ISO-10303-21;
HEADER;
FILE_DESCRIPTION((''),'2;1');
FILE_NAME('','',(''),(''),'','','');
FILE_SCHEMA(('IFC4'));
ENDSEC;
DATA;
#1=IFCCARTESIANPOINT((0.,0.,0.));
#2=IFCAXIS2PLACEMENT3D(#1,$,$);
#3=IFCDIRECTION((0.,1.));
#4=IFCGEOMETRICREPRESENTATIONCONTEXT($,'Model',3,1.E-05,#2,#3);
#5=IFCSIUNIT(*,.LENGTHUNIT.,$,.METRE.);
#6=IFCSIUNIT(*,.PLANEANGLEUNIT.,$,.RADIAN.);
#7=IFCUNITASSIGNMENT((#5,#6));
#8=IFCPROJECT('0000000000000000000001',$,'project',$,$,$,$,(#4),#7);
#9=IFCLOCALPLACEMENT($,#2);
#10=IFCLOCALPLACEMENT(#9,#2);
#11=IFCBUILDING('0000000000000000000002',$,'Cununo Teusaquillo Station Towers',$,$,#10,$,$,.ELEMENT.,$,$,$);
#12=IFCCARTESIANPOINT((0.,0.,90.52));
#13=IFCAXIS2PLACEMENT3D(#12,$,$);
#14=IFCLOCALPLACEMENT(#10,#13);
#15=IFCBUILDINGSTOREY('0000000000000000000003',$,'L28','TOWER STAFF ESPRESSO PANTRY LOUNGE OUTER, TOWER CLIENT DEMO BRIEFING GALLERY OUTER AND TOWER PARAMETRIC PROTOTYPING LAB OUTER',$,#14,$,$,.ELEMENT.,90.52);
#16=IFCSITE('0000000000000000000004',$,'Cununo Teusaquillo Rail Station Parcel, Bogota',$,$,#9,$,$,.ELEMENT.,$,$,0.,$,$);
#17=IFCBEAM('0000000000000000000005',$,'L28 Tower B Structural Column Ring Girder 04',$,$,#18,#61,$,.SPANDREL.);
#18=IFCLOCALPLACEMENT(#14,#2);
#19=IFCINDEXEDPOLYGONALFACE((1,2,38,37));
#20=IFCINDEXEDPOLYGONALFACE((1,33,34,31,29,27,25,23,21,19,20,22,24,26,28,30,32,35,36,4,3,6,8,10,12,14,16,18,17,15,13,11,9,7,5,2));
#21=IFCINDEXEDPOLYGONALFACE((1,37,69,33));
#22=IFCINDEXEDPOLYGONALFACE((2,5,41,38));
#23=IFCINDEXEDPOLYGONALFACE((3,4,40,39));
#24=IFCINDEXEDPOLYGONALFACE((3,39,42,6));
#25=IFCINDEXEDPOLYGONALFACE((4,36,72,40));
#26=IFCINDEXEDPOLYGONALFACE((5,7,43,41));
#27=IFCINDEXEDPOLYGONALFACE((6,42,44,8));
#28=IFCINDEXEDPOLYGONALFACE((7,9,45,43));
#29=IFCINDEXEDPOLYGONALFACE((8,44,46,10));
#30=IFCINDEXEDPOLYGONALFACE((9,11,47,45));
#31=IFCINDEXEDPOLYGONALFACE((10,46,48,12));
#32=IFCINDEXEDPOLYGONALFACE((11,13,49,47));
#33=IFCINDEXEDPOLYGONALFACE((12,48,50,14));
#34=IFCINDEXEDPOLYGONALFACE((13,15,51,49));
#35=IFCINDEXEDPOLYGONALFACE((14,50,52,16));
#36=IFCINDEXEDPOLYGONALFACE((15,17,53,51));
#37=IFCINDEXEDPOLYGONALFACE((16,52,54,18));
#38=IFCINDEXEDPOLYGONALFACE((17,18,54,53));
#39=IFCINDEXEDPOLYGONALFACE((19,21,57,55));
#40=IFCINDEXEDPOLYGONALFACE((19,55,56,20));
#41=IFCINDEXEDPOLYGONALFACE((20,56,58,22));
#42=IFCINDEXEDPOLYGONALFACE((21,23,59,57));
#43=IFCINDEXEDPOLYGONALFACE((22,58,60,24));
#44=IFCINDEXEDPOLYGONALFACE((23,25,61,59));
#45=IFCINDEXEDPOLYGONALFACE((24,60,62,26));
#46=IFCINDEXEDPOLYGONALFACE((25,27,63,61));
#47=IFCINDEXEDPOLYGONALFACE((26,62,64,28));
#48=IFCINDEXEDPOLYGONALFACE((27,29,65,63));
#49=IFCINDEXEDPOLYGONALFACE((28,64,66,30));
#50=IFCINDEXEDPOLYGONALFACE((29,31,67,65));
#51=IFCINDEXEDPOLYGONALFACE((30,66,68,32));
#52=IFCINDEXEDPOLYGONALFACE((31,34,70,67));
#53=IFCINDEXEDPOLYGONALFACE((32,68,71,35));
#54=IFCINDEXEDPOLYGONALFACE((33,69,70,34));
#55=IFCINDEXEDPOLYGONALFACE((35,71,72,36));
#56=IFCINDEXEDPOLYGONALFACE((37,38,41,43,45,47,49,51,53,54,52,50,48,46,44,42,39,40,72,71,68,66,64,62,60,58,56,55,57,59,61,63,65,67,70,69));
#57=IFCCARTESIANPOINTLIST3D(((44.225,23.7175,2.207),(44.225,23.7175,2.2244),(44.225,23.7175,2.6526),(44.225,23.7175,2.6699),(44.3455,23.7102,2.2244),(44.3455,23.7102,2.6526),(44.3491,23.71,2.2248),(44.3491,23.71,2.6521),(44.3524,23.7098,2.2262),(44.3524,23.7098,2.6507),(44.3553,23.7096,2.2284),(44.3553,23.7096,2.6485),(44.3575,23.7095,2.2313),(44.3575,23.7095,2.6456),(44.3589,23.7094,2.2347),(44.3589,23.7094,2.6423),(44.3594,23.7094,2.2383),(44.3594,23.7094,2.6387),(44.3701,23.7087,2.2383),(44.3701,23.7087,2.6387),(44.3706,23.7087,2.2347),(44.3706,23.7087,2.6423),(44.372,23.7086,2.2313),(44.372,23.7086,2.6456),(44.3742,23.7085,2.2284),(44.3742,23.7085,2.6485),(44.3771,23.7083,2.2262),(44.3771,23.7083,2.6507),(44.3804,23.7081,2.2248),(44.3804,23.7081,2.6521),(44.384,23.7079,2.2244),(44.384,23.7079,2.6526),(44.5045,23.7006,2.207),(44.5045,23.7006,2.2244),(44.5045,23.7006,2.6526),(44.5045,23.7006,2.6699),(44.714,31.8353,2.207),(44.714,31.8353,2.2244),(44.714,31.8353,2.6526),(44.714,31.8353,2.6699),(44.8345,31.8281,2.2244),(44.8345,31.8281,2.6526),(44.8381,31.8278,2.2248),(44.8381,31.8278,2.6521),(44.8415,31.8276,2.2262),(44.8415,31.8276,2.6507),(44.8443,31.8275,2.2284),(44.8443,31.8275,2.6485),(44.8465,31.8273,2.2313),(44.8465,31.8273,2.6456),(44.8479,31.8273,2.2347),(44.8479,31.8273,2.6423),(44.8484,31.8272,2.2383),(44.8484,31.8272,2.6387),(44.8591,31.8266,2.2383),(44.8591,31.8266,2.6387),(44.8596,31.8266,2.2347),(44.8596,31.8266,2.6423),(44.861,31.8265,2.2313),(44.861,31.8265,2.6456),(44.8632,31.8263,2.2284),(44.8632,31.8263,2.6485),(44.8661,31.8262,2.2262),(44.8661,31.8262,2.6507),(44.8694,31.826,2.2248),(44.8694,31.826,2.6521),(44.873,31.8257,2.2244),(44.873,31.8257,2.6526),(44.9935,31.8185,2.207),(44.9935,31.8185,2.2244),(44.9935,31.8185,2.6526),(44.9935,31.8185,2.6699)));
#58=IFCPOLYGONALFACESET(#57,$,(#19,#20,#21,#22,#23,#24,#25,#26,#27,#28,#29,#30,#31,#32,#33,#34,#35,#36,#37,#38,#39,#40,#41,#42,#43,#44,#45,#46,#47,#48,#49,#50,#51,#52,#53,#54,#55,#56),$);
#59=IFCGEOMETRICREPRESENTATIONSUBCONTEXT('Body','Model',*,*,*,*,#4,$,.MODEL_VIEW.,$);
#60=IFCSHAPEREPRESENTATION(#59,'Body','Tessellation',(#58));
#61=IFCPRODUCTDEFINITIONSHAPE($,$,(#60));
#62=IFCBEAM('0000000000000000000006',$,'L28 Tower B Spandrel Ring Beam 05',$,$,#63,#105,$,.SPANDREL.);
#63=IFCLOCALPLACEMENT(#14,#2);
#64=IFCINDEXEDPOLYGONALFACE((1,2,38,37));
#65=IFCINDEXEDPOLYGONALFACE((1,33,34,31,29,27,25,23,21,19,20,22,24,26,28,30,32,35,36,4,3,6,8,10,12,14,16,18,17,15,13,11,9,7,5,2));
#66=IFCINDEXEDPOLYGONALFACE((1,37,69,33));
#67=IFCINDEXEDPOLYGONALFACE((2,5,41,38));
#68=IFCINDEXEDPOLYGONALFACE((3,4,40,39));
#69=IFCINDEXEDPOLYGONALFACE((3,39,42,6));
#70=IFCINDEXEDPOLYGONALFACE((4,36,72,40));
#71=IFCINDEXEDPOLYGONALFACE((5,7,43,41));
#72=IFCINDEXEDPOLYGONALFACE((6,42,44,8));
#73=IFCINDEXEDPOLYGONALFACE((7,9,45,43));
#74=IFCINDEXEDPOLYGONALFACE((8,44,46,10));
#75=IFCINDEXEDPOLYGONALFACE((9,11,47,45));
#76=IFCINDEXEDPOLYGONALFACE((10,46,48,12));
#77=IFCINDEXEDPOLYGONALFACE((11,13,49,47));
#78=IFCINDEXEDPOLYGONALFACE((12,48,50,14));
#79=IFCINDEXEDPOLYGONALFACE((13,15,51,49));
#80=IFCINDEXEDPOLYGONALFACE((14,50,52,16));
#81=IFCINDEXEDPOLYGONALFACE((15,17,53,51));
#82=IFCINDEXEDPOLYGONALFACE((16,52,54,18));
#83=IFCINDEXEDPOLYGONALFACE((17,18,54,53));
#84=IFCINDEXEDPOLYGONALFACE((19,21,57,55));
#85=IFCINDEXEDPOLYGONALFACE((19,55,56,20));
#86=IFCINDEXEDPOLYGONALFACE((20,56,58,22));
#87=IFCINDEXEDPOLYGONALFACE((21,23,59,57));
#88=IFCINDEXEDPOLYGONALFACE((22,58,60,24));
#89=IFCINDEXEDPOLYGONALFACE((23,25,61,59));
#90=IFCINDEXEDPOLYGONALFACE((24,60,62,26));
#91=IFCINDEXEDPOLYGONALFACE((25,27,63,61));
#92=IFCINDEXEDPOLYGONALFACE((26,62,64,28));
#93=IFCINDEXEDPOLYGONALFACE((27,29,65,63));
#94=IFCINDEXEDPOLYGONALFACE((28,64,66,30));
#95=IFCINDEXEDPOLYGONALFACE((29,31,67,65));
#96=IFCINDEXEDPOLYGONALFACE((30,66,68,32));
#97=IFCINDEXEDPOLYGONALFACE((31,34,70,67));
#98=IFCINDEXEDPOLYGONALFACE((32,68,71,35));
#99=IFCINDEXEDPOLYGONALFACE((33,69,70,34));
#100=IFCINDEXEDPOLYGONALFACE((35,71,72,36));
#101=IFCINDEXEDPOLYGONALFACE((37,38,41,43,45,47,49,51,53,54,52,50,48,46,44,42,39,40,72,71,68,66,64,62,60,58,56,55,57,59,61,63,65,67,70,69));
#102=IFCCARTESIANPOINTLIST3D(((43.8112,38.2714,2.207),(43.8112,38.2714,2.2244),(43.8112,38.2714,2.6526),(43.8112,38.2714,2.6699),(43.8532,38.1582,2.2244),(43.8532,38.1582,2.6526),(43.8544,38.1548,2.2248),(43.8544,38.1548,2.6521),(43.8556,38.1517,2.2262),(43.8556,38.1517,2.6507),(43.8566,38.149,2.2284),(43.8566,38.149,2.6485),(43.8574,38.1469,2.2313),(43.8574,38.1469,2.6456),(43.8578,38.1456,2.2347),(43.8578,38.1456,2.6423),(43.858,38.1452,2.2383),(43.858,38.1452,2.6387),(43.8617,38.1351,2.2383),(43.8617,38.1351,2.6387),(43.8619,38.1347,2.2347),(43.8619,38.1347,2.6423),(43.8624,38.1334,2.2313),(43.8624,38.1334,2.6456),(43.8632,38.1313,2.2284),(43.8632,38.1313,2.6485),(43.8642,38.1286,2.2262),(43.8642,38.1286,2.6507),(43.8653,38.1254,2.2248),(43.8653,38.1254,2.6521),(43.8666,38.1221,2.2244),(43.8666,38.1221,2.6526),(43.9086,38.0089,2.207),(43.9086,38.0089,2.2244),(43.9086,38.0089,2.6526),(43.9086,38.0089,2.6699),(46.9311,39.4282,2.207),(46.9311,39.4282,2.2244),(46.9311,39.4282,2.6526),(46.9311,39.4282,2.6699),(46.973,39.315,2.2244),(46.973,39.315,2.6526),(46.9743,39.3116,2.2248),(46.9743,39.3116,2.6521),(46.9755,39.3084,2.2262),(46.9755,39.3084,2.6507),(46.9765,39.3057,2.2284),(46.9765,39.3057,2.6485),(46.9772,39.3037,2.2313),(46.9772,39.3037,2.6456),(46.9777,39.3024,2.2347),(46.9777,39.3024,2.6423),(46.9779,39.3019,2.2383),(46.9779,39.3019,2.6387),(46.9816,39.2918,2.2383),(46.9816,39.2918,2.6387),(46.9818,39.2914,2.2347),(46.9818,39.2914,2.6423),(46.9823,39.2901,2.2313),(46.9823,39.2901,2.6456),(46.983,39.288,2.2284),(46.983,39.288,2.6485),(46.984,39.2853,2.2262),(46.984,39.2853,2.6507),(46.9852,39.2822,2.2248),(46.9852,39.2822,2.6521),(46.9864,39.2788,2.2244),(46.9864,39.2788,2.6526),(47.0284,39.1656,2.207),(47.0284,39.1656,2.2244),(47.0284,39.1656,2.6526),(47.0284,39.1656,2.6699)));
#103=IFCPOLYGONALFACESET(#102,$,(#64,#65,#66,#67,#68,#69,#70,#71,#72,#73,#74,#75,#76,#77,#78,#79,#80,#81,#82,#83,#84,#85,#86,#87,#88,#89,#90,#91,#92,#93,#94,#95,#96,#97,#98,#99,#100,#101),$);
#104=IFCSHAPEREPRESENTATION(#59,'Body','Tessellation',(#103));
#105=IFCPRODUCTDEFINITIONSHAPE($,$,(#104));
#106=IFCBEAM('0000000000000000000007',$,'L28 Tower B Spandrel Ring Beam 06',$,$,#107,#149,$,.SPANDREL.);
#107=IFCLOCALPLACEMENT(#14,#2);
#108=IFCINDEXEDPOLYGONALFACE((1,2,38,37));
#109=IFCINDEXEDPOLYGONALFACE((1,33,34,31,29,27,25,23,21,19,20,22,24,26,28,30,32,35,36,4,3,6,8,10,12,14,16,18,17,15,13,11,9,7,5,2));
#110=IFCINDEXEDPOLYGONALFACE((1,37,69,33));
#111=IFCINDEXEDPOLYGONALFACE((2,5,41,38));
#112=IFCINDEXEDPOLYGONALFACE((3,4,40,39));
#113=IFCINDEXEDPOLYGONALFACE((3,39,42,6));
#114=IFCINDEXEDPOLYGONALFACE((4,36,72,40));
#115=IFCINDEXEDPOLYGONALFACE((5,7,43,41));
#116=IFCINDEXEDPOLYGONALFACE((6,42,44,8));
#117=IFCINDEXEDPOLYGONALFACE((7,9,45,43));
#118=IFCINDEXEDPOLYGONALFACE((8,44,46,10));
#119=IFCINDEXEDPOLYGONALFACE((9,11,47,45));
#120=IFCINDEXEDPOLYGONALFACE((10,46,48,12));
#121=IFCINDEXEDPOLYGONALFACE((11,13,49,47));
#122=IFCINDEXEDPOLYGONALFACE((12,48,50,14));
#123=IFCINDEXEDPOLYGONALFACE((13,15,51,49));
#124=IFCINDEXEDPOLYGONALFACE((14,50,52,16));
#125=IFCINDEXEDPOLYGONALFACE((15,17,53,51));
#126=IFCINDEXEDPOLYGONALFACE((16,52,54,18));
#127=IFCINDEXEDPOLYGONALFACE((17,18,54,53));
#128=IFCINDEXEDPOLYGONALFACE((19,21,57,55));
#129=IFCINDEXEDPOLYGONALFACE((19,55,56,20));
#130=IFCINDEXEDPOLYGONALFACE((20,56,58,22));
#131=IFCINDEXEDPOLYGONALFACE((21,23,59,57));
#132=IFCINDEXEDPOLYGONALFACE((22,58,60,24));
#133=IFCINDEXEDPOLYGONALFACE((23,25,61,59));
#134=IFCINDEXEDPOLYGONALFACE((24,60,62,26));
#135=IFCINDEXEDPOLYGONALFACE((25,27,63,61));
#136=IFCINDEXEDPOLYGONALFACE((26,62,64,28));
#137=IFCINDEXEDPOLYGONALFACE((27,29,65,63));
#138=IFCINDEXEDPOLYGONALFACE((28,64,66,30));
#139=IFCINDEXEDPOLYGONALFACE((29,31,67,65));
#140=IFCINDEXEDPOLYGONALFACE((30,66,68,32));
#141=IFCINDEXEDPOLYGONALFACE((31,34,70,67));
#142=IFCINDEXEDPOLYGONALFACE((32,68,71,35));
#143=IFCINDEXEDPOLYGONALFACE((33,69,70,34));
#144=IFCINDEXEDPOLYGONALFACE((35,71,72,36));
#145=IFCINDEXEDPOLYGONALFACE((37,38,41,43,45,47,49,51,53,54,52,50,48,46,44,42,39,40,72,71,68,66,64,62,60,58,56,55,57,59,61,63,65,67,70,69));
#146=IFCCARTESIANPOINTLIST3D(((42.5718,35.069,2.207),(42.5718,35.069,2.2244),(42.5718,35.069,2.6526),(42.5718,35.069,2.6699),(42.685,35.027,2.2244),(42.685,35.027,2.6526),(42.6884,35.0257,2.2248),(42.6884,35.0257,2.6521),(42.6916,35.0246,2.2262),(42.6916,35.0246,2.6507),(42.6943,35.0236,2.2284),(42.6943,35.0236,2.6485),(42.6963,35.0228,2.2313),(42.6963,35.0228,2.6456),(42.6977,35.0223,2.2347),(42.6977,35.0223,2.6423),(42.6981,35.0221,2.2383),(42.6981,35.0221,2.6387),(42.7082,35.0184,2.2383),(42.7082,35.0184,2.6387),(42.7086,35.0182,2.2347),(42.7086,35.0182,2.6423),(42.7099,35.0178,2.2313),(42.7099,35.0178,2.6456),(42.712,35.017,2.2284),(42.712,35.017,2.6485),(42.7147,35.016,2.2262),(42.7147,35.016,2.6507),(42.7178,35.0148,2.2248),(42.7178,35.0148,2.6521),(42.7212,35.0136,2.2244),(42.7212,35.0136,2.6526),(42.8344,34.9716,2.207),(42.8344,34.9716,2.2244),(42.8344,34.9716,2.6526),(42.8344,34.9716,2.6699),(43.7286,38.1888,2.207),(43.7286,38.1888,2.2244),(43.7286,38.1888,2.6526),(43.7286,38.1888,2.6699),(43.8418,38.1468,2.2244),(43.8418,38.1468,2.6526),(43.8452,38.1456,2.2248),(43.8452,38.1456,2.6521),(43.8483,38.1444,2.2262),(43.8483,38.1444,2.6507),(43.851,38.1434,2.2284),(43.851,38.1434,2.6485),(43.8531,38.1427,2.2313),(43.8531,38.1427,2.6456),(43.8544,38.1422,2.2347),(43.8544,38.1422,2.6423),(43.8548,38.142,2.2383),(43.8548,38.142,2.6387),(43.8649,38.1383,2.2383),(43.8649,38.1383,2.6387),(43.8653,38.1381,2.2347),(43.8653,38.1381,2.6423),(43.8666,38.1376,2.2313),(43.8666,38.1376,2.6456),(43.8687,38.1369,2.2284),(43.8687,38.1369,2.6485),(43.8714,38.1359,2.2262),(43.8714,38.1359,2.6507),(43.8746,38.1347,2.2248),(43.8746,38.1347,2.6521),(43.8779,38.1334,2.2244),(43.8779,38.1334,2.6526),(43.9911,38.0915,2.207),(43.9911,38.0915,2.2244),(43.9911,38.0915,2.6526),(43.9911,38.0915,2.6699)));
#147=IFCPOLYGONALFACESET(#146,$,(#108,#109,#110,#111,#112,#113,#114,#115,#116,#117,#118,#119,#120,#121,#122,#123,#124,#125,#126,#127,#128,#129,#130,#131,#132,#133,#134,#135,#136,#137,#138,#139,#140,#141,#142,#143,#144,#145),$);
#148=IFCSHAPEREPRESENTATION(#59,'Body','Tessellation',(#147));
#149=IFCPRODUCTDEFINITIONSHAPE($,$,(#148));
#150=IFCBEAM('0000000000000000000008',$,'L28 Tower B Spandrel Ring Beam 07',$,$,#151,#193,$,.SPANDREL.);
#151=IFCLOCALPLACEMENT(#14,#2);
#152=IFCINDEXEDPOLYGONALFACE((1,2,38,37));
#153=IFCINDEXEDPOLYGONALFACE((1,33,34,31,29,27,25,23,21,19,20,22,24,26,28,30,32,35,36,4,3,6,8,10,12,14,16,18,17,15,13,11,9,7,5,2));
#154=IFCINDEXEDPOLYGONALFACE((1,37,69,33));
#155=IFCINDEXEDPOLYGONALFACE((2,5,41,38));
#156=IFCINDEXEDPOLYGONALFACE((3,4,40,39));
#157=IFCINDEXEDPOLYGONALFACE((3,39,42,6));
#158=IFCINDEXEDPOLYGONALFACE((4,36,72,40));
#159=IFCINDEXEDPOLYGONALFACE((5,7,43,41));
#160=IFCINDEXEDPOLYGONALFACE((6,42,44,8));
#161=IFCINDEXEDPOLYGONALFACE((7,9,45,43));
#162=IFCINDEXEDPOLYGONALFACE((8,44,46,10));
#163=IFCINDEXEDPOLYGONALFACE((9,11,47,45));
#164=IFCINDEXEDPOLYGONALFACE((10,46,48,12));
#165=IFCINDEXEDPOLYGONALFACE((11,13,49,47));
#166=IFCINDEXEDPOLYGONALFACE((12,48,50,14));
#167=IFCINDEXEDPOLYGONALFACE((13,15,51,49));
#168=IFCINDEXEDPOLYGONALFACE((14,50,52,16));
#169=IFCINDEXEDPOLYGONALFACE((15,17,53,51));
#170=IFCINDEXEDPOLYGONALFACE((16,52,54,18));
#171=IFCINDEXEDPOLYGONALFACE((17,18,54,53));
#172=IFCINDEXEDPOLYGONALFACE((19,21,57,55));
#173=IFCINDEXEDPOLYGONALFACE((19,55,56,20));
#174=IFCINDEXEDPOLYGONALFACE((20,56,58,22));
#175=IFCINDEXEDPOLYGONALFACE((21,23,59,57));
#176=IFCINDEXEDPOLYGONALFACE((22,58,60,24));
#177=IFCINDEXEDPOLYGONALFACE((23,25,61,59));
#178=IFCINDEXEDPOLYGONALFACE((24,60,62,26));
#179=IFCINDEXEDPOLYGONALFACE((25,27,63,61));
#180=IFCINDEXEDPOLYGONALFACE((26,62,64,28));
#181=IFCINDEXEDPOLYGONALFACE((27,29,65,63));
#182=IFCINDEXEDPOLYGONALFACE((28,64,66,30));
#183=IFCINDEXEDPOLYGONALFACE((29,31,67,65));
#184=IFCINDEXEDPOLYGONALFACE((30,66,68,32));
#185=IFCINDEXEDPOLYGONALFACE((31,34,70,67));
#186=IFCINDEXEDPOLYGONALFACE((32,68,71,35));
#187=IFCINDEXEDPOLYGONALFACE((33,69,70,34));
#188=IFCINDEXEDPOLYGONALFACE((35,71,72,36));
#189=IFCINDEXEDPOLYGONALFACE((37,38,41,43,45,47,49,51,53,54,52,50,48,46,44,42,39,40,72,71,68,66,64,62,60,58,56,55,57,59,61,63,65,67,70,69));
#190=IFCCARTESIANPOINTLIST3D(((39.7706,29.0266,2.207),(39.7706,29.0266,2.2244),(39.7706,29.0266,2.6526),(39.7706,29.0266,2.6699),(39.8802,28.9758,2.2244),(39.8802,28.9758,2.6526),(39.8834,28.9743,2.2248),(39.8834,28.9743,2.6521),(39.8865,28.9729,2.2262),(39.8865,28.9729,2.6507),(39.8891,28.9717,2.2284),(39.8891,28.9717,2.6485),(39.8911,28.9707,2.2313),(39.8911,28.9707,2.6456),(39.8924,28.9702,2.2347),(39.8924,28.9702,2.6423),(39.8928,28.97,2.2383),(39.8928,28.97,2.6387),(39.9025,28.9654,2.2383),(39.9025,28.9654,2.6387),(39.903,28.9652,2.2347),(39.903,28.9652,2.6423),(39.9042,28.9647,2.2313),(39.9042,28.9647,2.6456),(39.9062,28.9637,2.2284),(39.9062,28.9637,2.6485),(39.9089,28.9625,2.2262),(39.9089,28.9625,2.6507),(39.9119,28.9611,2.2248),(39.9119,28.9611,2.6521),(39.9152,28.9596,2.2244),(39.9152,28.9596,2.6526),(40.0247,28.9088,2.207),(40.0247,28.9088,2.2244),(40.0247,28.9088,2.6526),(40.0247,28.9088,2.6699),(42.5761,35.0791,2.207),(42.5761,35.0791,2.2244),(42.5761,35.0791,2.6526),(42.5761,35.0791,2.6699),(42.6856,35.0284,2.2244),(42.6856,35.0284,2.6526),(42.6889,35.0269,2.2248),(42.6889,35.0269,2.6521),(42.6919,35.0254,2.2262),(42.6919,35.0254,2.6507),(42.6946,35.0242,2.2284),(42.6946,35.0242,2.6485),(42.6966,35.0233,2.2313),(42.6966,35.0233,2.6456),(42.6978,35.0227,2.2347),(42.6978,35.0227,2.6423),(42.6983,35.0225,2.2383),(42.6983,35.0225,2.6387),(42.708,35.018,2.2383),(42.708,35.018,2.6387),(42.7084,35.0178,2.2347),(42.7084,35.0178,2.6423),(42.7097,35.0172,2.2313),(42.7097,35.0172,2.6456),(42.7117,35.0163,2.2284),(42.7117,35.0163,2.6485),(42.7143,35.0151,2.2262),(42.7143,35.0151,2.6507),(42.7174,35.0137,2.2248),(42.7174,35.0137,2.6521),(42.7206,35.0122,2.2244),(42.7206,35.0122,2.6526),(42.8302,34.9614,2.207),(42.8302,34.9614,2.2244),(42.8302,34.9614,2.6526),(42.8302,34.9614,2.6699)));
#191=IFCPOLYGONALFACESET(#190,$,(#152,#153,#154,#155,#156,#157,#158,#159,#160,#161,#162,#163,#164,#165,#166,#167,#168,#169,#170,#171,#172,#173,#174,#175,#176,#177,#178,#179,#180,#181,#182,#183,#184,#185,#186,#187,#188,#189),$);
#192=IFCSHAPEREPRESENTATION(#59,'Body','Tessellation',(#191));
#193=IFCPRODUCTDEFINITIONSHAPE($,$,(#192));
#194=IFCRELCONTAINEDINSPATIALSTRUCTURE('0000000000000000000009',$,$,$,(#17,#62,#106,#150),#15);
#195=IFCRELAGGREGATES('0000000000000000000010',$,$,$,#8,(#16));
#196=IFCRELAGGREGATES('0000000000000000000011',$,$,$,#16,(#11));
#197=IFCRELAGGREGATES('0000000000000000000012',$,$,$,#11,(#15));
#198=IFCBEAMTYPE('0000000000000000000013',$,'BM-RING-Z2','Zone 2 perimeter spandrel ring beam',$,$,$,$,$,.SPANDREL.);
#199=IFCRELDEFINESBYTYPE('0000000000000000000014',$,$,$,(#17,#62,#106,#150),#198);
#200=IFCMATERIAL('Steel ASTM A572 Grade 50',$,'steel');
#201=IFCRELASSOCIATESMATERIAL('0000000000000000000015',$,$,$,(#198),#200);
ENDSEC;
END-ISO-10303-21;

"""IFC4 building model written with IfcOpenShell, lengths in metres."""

from ifc_helpers import new_model, si_unit, direction, frame, origin, origin_2d, place, context, subcontext, project, spatial, i_section, extrude, material, material_profile, profile_set, type_object, element, save


model = new_model("IFC4")

# Units and contexts
model_context = context("Model", 3, precision=1e-05, world=origin(), true_north=direction((0.0, 1.0)))
body_context = subcontext(model_context, "Body", "Model", "MODEL_VIEW")
ifc_project = project(units=[si_unit("LENGTHUNIT", "METRE"), si_unit("PLANEANGLEUNIT", "RADIAN")], contexts=[model_context])

# Site, building, storey
site_placement = place(None, origin())
site = spatial("IfcSite", under=ifc_project, at=site_placement, Name="Cununo Teusaquillo Rail Station Parcel, Bogota", CompositionType="ELEMENT", RefElevation=0.0)
building_placement = place(site_placement, origin())
building = spatial("IfcBuilding", under=site, at=building_placement, Name="Cununo Teusaquillo Station Towers", CompositionType="ELEMENT")
storey_placement = place(building_placement, frame((0.0, 0.0, 90.52)))
storey = spatial("IfcBuildingStorey", under=building, at=storey_placement, Name="L28", Description="TOWER STAFF ESPRESSO PANTRY LOUNGE OUTER, TOWER CLIENT DEMO BRIEFING GALLERY OUTER AND TOWER PARAMETRIC PROTOTYPING LAB OUTER", CompositionType="ELEMENT", Elevation=90.52)

# Beams
ifc_material_1 = material(Name="Steel ASTM A572 Grade 50", Category="steel")
ifc_material_profile_1 = material_profile(ifc_material_1, i_section(OverallWidth=0.28, OverallDepth=0.4629, WebThickness=0.0107, FlangeThickness=0.0173, FilletRadius=0.0139, at=origin_2d()), Name="W18X76")
ifc_profile_set_1 = profile_set([ifc_material_profile_1], Name="Steel ASTM A572 Grade 50")
beam_type_1 = type_object("IfcBeamType", Name="BM-RING-Z2", Description="Zone 2 perimeter spandrel ring beam", PredefinedType="SPANDREL", material=ifc_profile_set_1)
beam_1_placement = place(storey_placement, frame((44.8538, 31.8269, 2.4385), z_axis=(-0.06013, -0.998191, 0.0), x_axis=(0.998191, -0.06013, 0.0)))
element("IfcBeam", 1, at=beam_1_placement, inside=storey, type_object=beam_type_1, Name="L28 Tower B Structural Column Ring Girder 04", PredefinedType="SPANDREL", context=body_context, shape_type="SweptSolid", body=[
    extrude(i_section(OverallWidth=0.28, OverallDepth=0.4629, WebThickness=0.0107, FlangeThickness=0.0173, FilletRadius=0.0139, at=origin_2d()), origin(), (0.0, 0.0, 1.0), 8.1326),
])
for number, where, z_axis, x_axis, name in (
    (2, (46.9797, 39.2969, 2.4385), (-0.937628, -0.347639, 0.0), (0.347639, -0.937628, 0.0), "L28 Tower B Spandrel Ring Beam 05"),
    (3, (43.8599, 38.1401, 2.4385), (-0.347639, -0.937628, 0.0), (0.937628, -0.347639, 0.0), "L28 Tower B Spandrel Ring Beam 06"),
):
    element("IfcBeam", number, at=place(storey_placement, frame(where, z_axis=z_axis, x_axis=x_axis)), inside=storey, type_object=beam_type_1, Name=name, PredefinedType="SPANDREL", context=body_context, shape_type="SweptSolid", body=[
        extrude(i_section(OverallWidth=0.28, OverallDepth=0.4629, WebThickness=0.0107, FlangeThickness=0.0173, FilletRadius=0.0139, at=origin_2d()), origin(), (0.0, 0.0, 1.0), 3.3274),
    ])
beam_2_placement = place(storey_placement, frame((42.7031, 35.0203, 2.4385), z_axis=(-0.420536, -0.907276, 0.0), x_axis=(0.907276, -0.420536, 0.0)))
element("IfcBeam", 4, at=beam_2_placement, inside=storey, type_object=beam_type_1, Name="L28 Tower B Spandrel Ring Beam 07", PredefinedType="SPANDREL", context=body_context, shape_type="SweptSolid", body=[
    extrude(i_section(OverallWidth=0.28, OverallDepth=0.4629, WebThickness=0.0107, FlangeThickness=0.0173, FilletRadius=0.0139, at=origin_2d()), origin(), (0.0, 0.0, 1.0), 6.6711),
])

save(model, "model.ifc")
